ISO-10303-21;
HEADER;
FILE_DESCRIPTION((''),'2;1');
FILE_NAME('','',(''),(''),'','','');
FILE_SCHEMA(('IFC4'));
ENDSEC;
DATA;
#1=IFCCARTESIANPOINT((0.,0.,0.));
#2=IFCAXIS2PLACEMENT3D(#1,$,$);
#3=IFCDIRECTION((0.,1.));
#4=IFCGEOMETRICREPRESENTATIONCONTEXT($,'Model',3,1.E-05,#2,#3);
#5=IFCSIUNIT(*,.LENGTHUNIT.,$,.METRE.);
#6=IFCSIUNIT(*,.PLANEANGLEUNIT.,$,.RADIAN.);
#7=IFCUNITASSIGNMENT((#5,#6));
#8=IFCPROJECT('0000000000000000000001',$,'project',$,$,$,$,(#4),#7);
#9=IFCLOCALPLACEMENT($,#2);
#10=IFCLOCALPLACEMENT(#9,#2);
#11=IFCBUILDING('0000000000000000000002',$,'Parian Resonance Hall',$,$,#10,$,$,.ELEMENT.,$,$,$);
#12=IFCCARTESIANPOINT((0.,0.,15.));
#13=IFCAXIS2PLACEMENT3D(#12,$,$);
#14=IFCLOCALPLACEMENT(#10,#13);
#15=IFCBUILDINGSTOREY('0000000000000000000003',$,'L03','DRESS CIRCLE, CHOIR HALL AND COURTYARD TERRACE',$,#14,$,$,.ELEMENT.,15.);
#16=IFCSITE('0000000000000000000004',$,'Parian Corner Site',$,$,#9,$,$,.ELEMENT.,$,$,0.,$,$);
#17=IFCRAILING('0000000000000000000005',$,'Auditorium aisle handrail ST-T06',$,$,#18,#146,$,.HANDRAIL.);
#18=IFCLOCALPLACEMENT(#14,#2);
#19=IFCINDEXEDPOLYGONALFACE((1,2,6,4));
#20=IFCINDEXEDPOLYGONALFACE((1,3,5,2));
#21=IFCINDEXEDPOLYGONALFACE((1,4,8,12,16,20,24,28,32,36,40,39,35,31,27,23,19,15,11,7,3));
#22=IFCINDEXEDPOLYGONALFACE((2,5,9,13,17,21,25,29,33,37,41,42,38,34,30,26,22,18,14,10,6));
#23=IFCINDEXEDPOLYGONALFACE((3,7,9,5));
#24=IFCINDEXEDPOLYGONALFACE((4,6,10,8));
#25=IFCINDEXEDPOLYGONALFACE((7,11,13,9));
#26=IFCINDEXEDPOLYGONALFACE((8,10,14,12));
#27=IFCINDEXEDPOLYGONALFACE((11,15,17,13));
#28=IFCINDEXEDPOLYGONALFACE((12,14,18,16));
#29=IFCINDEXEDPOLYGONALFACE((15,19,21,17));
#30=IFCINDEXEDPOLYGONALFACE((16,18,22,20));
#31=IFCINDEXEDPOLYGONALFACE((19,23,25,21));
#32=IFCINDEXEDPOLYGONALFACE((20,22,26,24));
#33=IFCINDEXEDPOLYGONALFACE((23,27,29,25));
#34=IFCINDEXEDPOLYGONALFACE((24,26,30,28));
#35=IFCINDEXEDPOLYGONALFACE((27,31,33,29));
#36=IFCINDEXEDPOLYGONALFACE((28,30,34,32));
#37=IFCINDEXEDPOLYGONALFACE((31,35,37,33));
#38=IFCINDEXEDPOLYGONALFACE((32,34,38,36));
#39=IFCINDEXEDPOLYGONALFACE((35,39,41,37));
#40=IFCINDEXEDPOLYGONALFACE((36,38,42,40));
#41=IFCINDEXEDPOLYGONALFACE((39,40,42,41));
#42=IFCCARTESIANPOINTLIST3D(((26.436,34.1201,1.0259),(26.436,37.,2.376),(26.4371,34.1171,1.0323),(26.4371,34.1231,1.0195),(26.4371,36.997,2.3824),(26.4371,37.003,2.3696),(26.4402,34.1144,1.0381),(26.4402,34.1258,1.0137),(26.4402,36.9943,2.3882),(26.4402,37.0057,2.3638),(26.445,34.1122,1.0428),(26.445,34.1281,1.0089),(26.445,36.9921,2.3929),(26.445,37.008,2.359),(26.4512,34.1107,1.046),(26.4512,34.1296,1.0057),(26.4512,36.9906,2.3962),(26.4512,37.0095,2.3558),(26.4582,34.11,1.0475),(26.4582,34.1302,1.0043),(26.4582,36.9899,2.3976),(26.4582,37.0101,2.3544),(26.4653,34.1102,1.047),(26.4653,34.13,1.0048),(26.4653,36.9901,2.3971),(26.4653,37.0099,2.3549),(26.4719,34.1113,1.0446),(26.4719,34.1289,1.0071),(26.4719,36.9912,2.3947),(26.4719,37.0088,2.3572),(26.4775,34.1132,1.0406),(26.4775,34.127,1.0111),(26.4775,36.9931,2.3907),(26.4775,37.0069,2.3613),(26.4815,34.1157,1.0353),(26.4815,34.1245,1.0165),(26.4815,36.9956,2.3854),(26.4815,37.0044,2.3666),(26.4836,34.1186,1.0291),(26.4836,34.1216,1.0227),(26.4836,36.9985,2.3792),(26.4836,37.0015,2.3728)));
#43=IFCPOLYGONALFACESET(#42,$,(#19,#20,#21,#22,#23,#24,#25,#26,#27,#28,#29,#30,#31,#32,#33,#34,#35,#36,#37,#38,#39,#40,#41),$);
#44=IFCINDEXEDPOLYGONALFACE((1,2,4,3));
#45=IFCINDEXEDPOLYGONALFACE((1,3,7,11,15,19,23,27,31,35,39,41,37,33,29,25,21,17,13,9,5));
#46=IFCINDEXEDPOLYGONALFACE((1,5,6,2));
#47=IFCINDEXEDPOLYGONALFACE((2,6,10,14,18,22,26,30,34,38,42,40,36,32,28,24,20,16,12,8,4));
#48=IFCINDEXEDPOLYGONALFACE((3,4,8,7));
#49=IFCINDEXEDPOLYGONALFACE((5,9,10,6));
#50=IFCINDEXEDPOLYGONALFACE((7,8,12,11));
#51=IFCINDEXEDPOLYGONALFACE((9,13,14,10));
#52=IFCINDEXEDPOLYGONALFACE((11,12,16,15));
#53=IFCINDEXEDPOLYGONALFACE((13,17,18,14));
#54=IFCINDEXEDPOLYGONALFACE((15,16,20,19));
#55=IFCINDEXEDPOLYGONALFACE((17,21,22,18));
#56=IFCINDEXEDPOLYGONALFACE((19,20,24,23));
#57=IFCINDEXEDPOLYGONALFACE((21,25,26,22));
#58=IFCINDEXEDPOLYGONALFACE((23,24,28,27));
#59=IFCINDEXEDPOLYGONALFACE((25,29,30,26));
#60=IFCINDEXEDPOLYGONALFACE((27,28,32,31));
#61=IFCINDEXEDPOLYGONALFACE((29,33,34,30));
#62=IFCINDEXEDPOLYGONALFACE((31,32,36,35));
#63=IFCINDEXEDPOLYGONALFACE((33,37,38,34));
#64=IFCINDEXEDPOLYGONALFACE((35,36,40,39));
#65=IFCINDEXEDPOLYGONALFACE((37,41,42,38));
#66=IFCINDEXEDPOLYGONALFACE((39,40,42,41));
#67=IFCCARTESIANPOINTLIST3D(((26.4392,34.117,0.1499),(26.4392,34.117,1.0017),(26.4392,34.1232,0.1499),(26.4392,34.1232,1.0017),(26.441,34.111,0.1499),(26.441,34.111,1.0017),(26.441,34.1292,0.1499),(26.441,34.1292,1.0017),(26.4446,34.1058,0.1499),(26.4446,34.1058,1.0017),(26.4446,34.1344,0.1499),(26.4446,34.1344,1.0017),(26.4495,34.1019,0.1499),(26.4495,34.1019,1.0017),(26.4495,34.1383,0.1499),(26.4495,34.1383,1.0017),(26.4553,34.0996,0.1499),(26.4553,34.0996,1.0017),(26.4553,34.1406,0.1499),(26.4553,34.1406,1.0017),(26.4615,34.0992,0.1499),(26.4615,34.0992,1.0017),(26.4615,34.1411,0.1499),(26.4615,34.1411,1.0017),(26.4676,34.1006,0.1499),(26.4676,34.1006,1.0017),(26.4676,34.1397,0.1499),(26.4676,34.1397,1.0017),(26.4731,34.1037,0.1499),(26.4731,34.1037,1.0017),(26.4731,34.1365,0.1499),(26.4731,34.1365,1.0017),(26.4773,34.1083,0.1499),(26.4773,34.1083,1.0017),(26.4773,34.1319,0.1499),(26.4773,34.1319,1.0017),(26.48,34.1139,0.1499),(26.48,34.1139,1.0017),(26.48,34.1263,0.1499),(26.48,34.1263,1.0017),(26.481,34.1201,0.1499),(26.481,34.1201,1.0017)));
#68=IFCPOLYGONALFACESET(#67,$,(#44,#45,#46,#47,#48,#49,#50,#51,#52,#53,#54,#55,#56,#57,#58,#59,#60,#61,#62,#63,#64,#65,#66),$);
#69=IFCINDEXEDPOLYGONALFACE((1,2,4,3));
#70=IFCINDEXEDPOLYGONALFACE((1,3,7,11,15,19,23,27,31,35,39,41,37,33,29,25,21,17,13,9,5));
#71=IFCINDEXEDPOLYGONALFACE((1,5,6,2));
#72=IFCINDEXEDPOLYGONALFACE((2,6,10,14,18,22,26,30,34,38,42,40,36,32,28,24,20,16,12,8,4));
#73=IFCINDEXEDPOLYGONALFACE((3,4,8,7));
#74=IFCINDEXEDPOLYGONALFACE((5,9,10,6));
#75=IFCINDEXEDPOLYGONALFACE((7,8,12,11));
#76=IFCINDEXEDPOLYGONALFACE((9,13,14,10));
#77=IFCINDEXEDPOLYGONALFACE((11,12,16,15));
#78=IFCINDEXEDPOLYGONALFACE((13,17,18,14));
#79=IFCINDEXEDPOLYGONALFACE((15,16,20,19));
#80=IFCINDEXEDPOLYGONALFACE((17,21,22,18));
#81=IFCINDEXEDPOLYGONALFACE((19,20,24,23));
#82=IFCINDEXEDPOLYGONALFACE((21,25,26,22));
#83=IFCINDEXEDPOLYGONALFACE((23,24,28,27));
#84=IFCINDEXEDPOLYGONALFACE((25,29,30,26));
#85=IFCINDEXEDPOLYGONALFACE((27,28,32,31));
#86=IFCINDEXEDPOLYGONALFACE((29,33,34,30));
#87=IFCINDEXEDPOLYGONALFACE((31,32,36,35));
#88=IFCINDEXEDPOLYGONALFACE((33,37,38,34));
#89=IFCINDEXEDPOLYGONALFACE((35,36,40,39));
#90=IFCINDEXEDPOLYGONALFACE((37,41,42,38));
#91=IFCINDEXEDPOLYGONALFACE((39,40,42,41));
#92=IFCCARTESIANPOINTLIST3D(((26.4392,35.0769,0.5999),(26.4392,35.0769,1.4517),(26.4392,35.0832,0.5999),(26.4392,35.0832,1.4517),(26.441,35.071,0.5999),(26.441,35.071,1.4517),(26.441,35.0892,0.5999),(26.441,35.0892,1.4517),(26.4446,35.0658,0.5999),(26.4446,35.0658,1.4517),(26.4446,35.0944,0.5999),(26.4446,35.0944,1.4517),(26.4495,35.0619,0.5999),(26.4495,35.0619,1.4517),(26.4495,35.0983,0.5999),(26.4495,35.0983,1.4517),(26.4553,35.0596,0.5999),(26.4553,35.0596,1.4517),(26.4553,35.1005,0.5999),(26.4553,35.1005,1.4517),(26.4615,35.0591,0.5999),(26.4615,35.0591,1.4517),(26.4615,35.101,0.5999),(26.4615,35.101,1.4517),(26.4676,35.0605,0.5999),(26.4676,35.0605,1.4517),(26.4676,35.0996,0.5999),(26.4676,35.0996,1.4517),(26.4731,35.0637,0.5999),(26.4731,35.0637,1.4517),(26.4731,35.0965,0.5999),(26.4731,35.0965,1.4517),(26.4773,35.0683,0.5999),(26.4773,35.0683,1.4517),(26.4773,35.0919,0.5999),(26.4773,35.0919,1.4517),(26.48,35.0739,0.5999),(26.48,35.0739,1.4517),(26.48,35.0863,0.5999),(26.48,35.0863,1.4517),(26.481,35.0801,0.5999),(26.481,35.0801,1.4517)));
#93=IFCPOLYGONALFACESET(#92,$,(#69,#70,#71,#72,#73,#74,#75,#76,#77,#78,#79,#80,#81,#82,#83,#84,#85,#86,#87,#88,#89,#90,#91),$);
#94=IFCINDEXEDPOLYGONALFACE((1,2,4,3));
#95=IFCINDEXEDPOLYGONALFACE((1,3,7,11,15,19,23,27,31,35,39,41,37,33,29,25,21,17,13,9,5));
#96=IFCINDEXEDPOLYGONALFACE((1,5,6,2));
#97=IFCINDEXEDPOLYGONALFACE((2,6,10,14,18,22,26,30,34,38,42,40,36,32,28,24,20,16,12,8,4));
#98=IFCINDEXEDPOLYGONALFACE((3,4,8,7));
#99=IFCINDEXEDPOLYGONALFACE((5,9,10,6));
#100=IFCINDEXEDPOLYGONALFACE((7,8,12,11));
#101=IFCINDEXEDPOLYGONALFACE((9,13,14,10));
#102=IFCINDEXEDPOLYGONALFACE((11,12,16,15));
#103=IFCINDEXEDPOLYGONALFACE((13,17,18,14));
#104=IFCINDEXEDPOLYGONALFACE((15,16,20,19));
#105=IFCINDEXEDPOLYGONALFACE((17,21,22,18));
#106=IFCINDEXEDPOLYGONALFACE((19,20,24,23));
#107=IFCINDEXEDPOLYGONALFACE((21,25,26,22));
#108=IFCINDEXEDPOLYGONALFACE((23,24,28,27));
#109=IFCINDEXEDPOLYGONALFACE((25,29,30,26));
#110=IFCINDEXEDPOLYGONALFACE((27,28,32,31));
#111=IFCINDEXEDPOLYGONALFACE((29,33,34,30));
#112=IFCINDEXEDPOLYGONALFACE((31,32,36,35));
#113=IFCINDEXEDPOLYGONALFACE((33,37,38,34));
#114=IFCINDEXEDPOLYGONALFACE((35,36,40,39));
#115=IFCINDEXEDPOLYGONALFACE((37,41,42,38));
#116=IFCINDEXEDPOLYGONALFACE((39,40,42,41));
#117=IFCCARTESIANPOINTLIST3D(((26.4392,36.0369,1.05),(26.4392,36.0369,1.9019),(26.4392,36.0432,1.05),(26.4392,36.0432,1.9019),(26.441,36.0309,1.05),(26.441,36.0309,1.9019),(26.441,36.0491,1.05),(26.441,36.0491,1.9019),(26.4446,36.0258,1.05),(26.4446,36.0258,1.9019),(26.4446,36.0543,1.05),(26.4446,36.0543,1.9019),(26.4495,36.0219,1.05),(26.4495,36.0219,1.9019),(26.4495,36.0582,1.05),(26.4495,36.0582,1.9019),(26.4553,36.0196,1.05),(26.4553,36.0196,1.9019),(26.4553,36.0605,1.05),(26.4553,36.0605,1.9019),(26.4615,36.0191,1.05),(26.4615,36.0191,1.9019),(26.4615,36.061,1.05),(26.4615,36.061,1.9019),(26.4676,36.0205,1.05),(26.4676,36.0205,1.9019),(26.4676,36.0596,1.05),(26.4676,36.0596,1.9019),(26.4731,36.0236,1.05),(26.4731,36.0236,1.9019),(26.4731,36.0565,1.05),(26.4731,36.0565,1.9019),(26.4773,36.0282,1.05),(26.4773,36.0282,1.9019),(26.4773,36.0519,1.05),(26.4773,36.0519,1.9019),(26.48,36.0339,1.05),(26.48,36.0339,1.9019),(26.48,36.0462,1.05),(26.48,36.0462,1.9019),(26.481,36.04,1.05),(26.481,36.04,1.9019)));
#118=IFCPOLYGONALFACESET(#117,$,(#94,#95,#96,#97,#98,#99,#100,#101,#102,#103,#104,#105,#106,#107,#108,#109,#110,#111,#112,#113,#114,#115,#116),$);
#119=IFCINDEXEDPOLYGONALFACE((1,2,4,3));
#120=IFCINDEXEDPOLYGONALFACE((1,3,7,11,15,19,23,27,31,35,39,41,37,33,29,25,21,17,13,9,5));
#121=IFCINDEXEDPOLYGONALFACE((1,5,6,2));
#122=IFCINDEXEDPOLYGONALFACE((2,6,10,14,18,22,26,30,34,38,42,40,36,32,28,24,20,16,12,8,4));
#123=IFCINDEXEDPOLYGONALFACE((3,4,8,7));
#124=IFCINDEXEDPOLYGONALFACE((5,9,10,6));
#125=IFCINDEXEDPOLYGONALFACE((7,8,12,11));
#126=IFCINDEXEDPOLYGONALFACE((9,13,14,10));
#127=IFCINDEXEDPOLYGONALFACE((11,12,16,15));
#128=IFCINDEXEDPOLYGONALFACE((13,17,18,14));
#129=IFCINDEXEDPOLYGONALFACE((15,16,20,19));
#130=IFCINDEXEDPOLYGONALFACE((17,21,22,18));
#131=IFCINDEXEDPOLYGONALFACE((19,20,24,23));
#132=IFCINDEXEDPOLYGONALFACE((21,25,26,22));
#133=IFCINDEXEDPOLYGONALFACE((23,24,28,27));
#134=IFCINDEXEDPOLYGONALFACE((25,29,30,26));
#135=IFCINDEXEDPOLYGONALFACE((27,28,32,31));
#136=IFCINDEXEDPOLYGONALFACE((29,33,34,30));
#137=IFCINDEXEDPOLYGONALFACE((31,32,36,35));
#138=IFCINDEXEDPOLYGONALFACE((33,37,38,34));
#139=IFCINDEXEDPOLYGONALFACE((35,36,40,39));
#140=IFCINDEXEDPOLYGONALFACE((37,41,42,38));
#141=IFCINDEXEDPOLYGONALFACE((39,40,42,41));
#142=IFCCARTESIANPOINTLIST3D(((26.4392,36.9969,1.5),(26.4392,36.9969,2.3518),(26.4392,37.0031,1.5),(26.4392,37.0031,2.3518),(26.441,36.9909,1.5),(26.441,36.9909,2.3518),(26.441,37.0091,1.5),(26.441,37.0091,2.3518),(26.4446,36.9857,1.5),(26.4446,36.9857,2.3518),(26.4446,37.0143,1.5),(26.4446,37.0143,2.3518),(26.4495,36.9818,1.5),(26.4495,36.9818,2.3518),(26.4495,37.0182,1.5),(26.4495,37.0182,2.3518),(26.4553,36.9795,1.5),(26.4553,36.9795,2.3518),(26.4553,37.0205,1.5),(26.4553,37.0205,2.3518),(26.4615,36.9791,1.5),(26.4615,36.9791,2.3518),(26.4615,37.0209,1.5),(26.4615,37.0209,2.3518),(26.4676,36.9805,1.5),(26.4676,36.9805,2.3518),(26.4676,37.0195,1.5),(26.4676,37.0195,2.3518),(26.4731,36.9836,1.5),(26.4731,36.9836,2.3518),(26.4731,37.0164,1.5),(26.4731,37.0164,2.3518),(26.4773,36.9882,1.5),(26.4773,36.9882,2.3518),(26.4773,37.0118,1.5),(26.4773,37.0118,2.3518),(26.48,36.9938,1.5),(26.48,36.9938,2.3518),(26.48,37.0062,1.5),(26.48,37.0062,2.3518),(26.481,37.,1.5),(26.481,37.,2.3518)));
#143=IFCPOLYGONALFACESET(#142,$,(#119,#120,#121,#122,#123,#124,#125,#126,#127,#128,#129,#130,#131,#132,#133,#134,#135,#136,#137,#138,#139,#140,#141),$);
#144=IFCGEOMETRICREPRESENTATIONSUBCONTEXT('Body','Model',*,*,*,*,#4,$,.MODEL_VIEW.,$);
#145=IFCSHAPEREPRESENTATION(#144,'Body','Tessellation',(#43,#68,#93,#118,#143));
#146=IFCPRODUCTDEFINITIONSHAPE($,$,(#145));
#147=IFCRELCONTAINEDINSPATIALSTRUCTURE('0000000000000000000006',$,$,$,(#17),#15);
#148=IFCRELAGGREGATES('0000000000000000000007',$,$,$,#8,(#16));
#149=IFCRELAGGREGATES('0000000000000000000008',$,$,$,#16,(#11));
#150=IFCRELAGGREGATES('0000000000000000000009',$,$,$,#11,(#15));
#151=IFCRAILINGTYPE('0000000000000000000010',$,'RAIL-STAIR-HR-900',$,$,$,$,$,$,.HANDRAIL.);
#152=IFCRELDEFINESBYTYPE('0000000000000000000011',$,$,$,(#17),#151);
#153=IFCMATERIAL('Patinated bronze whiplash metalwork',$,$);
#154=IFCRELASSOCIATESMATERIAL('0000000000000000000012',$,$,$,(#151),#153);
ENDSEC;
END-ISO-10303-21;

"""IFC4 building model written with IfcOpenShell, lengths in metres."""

from ifc_helpers import new_model, si_unit, direction, frame, origin, origin_2d, place, context, subcontext, project, spatial, circle, extrude, material, type_object, element, save


model = new_model("IFC4")

# Units and contexts
model_context = context("Model", 3, precision=1e-05, world=origin(), true_north=direction((0.0, 1.0)))
body_context = subcontext(model_context, "Body", "Model", "MODEL_VIEW")
ifc_project = project(units=[si_unit("LENGTHUNIT", "METRE"), si_unit("PLANEANGLEUNIT", "RADIAN")], contexts=[model_context])

# Site, building, storey
site_placement = place(None, origin())
site = spatial("IfcSite", under=ifc_project, at=site_placement, Name="Parian Corner Site", CompositionType="ELEMENT", RefElevation=0.0)
building_placement = place(site_placement, origin())
building = spatial("IfcBuilding", under=site, at=building_placement, Name="Parian Resonance Hall", CompositionType="ELEMENT")
storey_placement = place(building_placement, frame((0.0, 0.0, 15.0)))
storey = spatial("IfcBuildingStorey", under=building, at=storey_placement, Name="L03", Description="DRESS CIRCLE, CHOIR HALL AND COURTYARD TERRACE", CompositionType="ELEMENT", Elevation=15.0)

# Railing
ifc_material_1 = material(Name="Patinated bronze whiplash metalwork")
railing_type_1 = type_object("IfcRailingType", Name="RAIL-STAIR-HR-900", PredefinedType="HANDRAIL", material=ifc_material_1)
railing_1_placement = place(storey_placement, frame((26.46, 34.1201, 0.1499)))
element("IfcRailing", 1, at=railing_1_placement, inside=storey, type_object=railing_type_1, Name="Auditorium aisle handrail ST-T06", PredefinedType="HANDRAIL", context=body_context, shape_type="SweptSolid", body=[
    extrude(circle(Radius=0.0239, at=origin_2d()), frame((0.0, 0.0, 0.876), z_axis=(0.0, 0.90544, 0.424473), x_axis=(-1.0, 0.0, 0.0)), (0.0, 0.0, 1.0), 3.1807),
    extrude(circle(Radius=0.021, at=origin_2d()), origin(), (0.0, 0.0, 1.0), 0.8518),
    extrude(circle(Radius=0.021, at=origin_2d()), frame((0.0, 0.96, 0.45)), (0.0, 0.0, 1.0), 0.8518),
    extrude(circle(Radius=0.021, at=origin_2d()), frame((0.0, 1.9199, 0.9001)), (0.0, 0.0, 1.0), 0.8518),
    extrude(circle(Radius=0.021, at=origin_2d()), frame((0.0, 2.8799, 1.3501)), (0.0, 0.0, 1.0), 0.8518),
])

save(model, "model.ifc")
